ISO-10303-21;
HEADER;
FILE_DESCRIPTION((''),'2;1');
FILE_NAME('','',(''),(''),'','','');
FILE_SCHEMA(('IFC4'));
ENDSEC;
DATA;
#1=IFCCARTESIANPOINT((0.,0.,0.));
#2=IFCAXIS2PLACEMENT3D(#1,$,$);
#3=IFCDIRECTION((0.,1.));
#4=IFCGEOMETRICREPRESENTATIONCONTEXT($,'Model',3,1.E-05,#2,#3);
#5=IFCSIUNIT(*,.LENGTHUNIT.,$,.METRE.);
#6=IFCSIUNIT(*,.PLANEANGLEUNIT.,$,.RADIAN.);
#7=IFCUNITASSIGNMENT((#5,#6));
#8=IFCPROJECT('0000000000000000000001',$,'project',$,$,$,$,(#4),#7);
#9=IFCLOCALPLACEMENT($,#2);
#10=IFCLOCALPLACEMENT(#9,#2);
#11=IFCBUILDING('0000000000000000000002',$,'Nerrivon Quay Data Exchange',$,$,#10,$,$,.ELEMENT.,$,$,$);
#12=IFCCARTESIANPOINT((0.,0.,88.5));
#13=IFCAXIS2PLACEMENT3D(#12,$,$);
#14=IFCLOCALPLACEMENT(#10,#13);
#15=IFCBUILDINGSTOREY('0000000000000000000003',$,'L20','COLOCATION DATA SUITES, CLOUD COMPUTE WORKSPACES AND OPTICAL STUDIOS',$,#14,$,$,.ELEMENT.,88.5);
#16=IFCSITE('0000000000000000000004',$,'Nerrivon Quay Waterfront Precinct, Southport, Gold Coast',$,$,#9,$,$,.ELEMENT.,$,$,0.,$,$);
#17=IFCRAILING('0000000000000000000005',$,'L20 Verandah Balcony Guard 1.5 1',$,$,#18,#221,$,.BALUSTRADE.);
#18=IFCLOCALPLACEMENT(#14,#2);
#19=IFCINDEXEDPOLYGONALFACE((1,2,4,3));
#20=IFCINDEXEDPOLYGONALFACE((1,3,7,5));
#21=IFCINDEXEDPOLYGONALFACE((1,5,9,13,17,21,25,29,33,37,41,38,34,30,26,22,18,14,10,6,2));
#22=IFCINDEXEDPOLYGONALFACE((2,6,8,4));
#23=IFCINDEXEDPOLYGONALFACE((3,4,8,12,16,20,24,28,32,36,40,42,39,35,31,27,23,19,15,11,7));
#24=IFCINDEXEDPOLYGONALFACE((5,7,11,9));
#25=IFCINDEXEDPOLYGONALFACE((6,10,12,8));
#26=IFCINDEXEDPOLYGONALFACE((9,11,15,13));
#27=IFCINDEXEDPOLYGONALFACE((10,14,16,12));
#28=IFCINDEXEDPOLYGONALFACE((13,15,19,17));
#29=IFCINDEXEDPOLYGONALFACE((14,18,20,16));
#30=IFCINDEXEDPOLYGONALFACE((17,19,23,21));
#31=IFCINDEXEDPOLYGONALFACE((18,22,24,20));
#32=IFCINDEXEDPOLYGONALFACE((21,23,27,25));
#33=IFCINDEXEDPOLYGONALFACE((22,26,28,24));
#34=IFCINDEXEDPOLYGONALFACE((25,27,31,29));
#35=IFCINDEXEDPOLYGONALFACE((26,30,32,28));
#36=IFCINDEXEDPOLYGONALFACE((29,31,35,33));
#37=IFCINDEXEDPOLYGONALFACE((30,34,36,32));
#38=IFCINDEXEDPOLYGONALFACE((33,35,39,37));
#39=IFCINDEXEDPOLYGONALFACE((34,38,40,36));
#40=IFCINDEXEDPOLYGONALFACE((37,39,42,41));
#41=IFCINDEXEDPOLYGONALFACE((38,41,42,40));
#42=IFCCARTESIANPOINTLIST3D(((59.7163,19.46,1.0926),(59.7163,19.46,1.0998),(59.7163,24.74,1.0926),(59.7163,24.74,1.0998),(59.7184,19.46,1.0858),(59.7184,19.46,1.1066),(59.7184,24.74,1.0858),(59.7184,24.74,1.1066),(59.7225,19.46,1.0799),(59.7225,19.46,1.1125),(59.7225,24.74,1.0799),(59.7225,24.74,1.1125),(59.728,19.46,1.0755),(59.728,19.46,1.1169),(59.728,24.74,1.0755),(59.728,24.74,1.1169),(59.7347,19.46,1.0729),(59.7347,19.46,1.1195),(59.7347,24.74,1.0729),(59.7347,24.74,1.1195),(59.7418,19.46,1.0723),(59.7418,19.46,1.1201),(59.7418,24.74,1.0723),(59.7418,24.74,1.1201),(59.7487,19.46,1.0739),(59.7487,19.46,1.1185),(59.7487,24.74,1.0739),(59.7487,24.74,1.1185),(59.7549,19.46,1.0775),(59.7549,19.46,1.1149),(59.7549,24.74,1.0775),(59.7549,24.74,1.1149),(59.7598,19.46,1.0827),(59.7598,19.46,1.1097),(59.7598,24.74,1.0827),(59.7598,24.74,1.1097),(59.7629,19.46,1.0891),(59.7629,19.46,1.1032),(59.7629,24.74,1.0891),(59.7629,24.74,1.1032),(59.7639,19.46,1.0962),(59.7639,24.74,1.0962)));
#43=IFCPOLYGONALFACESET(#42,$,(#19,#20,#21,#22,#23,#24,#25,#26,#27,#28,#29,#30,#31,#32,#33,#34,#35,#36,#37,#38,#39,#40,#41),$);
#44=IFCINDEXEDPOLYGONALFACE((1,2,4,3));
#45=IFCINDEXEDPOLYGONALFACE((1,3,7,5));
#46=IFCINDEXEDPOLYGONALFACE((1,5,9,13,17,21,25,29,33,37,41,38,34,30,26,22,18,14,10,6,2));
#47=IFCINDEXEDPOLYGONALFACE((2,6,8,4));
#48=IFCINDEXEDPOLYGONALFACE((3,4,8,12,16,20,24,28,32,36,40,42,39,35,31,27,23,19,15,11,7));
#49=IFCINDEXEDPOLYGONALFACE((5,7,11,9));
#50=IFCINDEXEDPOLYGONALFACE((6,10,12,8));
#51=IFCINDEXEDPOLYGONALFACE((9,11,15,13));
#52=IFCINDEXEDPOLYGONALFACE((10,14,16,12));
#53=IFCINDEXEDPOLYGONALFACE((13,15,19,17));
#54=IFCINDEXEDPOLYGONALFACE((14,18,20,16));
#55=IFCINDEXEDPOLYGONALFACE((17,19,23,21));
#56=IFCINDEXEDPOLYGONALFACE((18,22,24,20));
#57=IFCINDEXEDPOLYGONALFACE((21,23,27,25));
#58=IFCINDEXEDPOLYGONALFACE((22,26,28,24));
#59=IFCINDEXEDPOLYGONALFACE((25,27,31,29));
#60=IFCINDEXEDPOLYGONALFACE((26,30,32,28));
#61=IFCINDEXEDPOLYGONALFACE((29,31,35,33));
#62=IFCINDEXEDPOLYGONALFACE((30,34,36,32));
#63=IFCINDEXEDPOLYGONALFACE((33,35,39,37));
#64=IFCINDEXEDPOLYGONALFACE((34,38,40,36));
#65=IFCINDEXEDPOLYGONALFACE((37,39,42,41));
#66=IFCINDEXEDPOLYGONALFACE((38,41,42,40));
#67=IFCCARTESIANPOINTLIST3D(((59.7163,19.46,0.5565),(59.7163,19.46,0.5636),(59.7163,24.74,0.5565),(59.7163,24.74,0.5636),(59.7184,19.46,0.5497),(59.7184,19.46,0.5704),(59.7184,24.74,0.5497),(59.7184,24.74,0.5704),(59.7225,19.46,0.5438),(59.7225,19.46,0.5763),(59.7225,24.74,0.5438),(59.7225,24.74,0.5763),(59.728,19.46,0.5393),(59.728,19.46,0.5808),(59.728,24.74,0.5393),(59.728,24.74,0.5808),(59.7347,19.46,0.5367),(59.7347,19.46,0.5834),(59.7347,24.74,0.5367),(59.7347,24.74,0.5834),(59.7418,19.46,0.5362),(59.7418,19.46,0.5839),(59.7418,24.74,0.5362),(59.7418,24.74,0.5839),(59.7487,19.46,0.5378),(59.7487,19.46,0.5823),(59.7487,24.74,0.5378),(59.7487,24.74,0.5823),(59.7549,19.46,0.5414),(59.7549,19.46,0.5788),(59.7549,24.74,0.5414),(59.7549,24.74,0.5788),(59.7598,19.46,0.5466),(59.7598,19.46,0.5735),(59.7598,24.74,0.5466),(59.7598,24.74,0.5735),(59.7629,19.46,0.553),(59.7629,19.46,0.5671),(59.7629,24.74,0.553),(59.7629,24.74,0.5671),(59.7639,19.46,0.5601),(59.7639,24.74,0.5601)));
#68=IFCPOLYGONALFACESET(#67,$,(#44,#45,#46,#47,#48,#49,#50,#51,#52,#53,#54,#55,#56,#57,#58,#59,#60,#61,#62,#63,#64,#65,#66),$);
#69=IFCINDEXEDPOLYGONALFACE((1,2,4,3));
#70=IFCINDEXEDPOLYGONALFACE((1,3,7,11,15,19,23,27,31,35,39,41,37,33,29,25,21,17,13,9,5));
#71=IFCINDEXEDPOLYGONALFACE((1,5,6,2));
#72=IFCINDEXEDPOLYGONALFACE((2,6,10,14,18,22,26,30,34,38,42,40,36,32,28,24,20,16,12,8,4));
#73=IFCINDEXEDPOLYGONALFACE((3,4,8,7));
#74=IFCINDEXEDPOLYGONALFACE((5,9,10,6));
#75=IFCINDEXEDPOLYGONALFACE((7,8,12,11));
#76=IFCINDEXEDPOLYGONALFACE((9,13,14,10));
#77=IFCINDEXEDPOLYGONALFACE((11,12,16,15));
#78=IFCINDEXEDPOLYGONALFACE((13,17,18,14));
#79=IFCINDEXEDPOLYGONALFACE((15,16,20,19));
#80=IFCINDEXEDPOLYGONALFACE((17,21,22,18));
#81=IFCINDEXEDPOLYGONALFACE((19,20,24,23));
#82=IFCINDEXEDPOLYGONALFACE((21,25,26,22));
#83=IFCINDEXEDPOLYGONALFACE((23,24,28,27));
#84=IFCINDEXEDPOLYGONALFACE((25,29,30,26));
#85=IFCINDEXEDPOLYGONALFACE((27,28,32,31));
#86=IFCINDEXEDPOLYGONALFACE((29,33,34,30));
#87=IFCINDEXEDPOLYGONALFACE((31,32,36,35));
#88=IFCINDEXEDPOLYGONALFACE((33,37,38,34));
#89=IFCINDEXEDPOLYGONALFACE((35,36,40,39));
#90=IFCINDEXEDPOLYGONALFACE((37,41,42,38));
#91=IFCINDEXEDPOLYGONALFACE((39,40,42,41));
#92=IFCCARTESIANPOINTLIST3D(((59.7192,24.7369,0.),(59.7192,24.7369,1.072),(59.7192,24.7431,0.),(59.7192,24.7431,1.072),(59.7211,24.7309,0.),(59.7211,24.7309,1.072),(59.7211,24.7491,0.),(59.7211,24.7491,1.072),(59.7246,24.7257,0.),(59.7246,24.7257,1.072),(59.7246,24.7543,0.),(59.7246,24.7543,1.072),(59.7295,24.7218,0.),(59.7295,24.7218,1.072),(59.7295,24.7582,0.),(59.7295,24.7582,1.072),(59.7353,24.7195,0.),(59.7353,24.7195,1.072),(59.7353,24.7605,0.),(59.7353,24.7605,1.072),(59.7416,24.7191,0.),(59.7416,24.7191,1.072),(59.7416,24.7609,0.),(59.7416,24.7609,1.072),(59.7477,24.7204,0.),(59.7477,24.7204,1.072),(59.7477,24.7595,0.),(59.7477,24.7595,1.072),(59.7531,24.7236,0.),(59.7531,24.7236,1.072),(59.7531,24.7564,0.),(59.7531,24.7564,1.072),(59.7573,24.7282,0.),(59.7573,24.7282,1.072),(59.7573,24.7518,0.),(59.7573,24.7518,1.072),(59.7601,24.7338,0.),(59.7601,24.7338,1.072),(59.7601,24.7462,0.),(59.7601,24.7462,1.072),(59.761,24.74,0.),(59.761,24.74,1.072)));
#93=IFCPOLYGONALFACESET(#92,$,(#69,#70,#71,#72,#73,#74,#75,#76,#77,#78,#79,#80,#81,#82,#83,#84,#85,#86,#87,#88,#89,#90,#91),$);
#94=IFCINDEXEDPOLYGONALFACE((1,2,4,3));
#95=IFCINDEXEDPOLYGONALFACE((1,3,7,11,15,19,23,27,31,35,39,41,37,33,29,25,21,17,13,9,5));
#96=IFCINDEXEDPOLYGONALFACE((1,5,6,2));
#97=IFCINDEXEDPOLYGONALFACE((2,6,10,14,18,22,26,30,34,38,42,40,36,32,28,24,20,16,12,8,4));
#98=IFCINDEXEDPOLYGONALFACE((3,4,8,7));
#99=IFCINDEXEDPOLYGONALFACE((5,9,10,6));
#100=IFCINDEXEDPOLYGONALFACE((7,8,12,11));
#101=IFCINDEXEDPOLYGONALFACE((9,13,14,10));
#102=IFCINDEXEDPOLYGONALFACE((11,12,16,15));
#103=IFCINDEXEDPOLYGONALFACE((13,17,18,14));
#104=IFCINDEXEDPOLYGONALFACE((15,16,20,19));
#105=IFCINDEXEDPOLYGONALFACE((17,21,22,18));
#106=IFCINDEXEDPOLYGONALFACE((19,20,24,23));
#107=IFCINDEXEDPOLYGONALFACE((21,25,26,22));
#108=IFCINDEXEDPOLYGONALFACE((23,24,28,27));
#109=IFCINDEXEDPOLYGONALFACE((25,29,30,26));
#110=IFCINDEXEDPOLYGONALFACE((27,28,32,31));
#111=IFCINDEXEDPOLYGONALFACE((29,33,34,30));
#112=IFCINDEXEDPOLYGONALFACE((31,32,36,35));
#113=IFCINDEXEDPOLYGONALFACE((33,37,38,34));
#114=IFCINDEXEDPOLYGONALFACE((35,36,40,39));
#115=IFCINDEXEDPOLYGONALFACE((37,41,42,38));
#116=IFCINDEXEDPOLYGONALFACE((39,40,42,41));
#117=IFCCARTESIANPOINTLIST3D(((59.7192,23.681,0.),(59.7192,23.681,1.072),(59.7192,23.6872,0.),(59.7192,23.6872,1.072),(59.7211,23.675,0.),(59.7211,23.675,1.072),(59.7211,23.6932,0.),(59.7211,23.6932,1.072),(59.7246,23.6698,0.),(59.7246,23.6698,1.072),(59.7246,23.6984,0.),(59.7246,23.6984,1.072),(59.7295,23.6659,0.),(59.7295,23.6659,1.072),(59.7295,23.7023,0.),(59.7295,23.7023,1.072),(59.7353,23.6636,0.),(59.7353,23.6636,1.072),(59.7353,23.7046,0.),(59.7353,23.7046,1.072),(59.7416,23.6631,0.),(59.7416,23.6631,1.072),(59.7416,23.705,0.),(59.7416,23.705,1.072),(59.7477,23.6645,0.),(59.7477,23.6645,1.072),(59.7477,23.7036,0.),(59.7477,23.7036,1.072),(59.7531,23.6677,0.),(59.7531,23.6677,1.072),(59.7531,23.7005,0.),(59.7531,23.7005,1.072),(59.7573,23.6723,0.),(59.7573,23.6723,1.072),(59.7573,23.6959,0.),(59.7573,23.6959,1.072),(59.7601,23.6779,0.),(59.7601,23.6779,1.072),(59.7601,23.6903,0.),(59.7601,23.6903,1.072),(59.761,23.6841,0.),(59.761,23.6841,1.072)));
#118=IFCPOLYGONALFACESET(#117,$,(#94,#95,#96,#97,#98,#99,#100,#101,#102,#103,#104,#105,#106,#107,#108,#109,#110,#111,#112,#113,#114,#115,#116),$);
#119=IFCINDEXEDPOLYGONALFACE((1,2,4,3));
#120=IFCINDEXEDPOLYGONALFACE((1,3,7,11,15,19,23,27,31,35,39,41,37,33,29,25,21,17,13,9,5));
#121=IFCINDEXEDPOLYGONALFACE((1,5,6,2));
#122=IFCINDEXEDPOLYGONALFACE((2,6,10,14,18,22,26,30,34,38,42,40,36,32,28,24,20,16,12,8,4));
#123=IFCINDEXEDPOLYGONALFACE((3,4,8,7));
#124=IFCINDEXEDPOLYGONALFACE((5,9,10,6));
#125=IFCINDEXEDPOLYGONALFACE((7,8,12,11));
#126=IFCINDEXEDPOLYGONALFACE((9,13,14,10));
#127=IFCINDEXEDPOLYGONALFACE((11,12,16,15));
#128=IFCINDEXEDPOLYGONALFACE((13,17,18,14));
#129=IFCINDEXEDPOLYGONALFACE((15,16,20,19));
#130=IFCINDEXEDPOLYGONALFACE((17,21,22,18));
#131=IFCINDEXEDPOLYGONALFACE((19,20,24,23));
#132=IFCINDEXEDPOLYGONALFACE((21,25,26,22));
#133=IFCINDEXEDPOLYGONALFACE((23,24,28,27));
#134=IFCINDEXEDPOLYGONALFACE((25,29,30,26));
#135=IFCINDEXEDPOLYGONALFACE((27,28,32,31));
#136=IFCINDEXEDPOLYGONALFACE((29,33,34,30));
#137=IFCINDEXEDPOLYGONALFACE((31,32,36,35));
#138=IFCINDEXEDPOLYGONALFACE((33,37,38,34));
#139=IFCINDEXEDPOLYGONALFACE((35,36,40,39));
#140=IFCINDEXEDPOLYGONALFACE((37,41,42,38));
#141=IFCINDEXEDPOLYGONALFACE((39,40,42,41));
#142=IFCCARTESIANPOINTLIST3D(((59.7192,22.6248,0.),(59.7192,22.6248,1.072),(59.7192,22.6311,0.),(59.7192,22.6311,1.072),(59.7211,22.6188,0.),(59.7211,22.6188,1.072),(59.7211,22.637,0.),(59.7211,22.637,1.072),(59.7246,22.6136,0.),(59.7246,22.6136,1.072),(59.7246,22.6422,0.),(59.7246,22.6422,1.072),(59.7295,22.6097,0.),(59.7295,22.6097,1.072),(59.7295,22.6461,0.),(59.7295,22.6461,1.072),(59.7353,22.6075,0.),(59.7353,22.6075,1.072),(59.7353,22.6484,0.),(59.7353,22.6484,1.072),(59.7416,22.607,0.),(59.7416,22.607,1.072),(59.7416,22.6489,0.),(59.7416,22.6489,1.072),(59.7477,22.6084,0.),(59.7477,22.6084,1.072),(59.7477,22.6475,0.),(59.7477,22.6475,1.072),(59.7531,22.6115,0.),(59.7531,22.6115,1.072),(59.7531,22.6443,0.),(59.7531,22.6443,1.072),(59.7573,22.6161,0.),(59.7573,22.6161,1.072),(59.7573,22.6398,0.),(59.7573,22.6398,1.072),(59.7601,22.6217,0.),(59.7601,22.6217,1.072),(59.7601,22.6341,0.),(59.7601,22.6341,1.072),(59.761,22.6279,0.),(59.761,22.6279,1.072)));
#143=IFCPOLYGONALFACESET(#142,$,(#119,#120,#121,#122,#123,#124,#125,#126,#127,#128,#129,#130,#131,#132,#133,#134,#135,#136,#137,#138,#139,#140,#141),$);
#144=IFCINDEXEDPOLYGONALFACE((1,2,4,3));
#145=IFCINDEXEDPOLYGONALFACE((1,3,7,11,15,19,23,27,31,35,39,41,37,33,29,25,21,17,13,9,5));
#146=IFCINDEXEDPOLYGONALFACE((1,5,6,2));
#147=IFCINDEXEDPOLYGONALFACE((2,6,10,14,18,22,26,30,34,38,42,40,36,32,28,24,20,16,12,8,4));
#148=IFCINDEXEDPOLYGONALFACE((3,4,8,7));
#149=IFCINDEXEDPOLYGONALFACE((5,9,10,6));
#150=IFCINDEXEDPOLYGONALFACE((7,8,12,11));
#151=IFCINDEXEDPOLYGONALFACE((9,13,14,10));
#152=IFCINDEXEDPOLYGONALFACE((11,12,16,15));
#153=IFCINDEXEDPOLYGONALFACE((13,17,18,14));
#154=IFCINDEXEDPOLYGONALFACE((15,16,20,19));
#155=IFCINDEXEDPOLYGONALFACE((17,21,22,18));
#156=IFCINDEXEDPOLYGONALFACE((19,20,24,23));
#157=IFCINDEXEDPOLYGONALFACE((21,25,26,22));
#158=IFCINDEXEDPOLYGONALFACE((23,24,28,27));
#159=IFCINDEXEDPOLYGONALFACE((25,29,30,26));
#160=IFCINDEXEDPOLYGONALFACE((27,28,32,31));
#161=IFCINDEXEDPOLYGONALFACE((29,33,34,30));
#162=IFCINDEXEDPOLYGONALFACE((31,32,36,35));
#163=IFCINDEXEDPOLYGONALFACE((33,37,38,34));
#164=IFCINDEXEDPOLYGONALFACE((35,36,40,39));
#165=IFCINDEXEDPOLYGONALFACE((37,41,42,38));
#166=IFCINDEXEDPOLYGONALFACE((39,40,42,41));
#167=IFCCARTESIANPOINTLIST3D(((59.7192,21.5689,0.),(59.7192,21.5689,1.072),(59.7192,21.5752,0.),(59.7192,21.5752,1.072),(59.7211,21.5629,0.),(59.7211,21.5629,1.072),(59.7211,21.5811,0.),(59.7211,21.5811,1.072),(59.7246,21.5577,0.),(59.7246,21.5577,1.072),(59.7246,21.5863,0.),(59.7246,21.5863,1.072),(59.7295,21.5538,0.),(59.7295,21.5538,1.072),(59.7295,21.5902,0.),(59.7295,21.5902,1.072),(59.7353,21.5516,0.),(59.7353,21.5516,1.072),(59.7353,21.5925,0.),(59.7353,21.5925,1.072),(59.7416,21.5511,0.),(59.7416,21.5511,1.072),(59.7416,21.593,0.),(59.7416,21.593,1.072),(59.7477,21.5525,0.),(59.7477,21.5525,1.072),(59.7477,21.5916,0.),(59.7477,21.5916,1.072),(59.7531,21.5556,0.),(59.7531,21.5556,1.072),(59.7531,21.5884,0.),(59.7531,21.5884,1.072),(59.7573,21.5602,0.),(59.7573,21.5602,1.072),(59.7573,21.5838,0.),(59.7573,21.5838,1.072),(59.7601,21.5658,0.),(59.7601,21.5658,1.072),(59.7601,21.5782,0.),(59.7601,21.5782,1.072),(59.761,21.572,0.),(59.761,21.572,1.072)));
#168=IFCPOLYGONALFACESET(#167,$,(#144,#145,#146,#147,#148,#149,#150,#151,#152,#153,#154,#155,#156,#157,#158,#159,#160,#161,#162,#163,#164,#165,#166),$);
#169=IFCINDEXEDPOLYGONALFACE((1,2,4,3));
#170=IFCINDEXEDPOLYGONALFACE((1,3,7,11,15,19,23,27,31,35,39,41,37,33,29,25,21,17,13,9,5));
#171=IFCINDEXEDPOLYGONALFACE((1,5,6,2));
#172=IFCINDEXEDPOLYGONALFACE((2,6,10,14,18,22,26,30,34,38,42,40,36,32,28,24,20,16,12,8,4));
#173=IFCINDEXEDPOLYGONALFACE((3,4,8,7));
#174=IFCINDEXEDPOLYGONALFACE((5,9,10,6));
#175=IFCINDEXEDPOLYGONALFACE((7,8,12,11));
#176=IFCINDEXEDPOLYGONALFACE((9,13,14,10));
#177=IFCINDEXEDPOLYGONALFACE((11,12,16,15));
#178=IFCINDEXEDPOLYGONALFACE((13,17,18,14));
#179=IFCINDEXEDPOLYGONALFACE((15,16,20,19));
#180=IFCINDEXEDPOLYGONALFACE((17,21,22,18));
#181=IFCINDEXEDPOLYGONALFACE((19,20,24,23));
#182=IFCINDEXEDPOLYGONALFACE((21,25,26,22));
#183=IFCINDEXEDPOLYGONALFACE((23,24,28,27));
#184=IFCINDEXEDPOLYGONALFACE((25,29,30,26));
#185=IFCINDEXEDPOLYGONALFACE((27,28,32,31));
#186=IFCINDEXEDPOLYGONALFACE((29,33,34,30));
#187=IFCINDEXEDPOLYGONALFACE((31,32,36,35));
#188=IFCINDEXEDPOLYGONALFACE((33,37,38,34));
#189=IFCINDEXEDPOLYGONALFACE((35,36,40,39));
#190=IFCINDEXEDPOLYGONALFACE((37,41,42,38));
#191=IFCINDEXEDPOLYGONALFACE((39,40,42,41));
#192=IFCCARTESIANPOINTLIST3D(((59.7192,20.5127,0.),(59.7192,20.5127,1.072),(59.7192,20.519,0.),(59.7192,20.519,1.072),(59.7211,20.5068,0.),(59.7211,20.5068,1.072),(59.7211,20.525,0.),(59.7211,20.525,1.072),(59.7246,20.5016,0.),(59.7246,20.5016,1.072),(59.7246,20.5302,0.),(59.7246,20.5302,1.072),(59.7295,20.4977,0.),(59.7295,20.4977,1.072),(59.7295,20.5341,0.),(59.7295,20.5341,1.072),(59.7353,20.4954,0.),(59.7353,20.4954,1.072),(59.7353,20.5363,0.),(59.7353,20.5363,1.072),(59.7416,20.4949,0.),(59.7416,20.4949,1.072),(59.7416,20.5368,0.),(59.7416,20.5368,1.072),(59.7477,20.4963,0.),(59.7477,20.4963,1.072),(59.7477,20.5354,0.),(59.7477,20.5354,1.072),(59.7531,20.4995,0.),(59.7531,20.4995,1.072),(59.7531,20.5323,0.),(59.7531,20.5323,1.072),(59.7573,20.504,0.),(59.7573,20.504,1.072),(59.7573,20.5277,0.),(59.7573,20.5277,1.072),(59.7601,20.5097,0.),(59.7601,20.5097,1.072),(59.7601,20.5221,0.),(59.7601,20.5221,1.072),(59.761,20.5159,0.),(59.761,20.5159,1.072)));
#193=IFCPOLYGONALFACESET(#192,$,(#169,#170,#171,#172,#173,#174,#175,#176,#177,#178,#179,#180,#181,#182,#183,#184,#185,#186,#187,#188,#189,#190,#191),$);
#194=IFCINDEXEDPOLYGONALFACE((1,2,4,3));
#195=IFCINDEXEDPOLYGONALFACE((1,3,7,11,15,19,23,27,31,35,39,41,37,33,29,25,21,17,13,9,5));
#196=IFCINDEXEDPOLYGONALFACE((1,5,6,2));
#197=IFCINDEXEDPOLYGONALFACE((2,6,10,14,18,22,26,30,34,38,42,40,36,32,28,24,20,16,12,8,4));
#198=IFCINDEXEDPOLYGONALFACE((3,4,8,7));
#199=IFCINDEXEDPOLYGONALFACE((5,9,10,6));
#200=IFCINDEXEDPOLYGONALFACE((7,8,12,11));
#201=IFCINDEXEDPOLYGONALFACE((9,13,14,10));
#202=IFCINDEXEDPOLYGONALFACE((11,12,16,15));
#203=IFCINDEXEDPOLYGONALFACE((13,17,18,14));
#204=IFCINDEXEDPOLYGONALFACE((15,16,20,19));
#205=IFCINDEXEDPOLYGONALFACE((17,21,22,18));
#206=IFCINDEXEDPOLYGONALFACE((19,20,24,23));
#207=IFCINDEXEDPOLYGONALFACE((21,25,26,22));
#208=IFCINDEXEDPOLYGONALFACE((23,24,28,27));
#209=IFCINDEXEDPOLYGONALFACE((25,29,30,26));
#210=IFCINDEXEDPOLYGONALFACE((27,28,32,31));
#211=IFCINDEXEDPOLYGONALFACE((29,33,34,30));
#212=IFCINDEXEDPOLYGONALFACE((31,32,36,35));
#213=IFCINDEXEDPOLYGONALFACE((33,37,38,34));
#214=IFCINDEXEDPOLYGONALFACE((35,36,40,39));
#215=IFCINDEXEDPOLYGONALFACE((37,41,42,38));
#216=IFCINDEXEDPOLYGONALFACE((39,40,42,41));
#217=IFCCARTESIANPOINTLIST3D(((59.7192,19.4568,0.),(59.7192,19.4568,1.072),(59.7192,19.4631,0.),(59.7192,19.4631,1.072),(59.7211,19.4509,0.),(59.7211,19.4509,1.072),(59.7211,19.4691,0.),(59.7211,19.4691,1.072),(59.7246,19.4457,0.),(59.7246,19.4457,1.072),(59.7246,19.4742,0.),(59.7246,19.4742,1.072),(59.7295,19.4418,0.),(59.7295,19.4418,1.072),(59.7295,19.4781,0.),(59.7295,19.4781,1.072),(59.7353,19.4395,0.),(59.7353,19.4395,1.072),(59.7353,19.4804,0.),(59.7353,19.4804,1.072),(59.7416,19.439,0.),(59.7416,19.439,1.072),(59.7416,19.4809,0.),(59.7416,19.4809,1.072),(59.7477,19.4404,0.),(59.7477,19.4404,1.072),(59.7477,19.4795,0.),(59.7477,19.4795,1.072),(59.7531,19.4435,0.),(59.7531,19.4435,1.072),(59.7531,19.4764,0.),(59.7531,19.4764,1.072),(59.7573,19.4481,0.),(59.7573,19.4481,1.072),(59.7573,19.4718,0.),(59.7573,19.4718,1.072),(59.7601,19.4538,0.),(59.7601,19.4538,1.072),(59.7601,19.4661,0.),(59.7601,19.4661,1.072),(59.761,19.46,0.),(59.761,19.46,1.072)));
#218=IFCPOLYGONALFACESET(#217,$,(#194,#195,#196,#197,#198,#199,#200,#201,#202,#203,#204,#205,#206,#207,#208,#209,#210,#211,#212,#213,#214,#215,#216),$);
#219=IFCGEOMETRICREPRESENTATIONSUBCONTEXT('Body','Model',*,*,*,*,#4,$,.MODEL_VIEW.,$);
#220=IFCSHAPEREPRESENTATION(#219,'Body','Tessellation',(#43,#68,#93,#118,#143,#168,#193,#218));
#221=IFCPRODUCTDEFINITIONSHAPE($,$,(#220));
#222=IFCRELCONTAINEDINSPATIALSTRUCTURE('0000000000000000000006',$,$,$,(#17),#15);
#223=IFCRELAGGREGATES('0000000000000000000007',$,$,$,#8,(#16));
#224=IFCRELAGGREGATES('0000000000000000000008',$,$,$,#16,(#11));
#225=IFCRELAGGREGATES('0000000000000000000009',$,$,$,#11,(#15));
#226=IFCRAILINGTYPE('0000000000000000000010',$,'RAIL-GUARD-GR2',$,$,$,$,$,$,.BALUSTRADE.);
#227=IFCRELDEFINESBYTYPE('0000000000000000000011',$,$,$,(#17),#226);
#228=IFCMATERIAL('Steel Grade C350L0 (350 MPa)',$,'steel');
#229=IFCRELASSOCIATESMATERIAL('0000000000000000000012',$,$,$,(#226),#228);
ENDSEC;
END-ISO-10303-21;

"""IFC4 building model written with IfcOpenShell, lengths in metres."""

from ifc_helpers import new_model, si_unit, direction, frame, origin, origin_2d, place, context, subcontext, project, spatial, circle, extrude, material, type_object, element, save


model = new_model("IFC4")

# Units and contexts
model_context = context("Model", 3, precision=1e-05, world=origin(), true_north=direction((0.0, 1.0)))
body_context = subcontext(model_context, "Body", "Model", "MODEL_VIEW")
ifc_project = project(units=[si_unit("LENGTHUNIT", "METRE"), si_unit("PLANEANGLEUNIT", "RADIAN")], contexts=[model_context])

# Site, building, storey
site_placement = place(None, origin())
site = spatial("IfcSite", under=ifc_project, at=site_placement, Name="Nerrivon Quay Waterfront Precinct, Southport, Gold Coast", CompositionType="ELEMENT", RefElevation=0.0)
building_placement = place(site_placement, origin())
building = spatial("IfcBuilding", under=site, at=building_placement, Name="Nerrivon Quay Data Exchange", CompositionType="ELEMENT")
storey_placement = place(building_placement, frame((0.0, 0.0, 88.5)))
storey = spatial("IfcBuildingStorey", under=building, at=storey_placement, Name="L20", Description="COLOCATION DATA SUITES, CLOUD COMPUTE WORKSPACES AND OPTICAL STUDIOS", CompositionType="ELEMENT", Elevation=88.5)

# Railing
ifc_material_1 = material(Name="Steel Grade C350L0 (350 MPa)", Category="steel")
railing_type = type_object("IfcRailingType", Name="RAIL-GUARD-GR2", PredefinedType="BALUSTRADE", material=ifc_material_1)
railing_1_placement = place(storey_placement, frame((59.74, 24.74, 0.0)))
element("IfcRailing", 1, at=railing_1_placement, inside=storey, type_object=railing_type, Name="L20 Verandah Balcony Guard 1.5 1", PredefinedType="BALUSTRADE", context=body_context, shape_type="SweptSolid", body=[
    extrude(circle(Radius=0.0239, at=origin_2d()), frame((0.0, 0.0, 1.0962), z_axis=(0.0, -1.0, 0.0), x_axis=(1.0, 0.0, 0.0)), (0.0, 0.0, 1.0), 5.28),
    extrude(circle(Radius=0.0239, at=origin_2d()), frame((0.0, 0.0, 0.5601), z_axis=(0.0, -1.0, 0.0), x_axis=(1.0, 0.0, 0.0)), (0.0, 0.0, 1.0), 5.28),
    extrude(circle(Radius=0.021, at=origin_2d()), origin(), (0.0, 0.0, 1.0), 1.072),
    extrude(circle(Radius=0.021, at=origin_2d()), frame((0.0, -1.0559, 0.0)), (0.0, 0.0, 1.0), 1.072),
    extrude(circle(Radius=0.021, at=origin_2d()), frame((0.0, -2.1121, 0.0)), (0.0, 0.0, 1.0), 1.072),
    extrude(circle(Radius=0.021, at=origin_2d()), frame((0.0, -3.168, 0.0)), (0.0, 0.0, 1.0), 1.072),
    extrude(circle(Radius=0.021, at=origin_2d()), frame((0.0, -4.2241, 0.0)), (0.0, 0.0, 1.0), 1.072),
    extrude(circle(Radius=0.021, at=origin_2d()), frame((0.0, -5.28, 0.0)), (0.0, 0.0, 1.0), 1.072),
])

save(model, "model.ifc")
